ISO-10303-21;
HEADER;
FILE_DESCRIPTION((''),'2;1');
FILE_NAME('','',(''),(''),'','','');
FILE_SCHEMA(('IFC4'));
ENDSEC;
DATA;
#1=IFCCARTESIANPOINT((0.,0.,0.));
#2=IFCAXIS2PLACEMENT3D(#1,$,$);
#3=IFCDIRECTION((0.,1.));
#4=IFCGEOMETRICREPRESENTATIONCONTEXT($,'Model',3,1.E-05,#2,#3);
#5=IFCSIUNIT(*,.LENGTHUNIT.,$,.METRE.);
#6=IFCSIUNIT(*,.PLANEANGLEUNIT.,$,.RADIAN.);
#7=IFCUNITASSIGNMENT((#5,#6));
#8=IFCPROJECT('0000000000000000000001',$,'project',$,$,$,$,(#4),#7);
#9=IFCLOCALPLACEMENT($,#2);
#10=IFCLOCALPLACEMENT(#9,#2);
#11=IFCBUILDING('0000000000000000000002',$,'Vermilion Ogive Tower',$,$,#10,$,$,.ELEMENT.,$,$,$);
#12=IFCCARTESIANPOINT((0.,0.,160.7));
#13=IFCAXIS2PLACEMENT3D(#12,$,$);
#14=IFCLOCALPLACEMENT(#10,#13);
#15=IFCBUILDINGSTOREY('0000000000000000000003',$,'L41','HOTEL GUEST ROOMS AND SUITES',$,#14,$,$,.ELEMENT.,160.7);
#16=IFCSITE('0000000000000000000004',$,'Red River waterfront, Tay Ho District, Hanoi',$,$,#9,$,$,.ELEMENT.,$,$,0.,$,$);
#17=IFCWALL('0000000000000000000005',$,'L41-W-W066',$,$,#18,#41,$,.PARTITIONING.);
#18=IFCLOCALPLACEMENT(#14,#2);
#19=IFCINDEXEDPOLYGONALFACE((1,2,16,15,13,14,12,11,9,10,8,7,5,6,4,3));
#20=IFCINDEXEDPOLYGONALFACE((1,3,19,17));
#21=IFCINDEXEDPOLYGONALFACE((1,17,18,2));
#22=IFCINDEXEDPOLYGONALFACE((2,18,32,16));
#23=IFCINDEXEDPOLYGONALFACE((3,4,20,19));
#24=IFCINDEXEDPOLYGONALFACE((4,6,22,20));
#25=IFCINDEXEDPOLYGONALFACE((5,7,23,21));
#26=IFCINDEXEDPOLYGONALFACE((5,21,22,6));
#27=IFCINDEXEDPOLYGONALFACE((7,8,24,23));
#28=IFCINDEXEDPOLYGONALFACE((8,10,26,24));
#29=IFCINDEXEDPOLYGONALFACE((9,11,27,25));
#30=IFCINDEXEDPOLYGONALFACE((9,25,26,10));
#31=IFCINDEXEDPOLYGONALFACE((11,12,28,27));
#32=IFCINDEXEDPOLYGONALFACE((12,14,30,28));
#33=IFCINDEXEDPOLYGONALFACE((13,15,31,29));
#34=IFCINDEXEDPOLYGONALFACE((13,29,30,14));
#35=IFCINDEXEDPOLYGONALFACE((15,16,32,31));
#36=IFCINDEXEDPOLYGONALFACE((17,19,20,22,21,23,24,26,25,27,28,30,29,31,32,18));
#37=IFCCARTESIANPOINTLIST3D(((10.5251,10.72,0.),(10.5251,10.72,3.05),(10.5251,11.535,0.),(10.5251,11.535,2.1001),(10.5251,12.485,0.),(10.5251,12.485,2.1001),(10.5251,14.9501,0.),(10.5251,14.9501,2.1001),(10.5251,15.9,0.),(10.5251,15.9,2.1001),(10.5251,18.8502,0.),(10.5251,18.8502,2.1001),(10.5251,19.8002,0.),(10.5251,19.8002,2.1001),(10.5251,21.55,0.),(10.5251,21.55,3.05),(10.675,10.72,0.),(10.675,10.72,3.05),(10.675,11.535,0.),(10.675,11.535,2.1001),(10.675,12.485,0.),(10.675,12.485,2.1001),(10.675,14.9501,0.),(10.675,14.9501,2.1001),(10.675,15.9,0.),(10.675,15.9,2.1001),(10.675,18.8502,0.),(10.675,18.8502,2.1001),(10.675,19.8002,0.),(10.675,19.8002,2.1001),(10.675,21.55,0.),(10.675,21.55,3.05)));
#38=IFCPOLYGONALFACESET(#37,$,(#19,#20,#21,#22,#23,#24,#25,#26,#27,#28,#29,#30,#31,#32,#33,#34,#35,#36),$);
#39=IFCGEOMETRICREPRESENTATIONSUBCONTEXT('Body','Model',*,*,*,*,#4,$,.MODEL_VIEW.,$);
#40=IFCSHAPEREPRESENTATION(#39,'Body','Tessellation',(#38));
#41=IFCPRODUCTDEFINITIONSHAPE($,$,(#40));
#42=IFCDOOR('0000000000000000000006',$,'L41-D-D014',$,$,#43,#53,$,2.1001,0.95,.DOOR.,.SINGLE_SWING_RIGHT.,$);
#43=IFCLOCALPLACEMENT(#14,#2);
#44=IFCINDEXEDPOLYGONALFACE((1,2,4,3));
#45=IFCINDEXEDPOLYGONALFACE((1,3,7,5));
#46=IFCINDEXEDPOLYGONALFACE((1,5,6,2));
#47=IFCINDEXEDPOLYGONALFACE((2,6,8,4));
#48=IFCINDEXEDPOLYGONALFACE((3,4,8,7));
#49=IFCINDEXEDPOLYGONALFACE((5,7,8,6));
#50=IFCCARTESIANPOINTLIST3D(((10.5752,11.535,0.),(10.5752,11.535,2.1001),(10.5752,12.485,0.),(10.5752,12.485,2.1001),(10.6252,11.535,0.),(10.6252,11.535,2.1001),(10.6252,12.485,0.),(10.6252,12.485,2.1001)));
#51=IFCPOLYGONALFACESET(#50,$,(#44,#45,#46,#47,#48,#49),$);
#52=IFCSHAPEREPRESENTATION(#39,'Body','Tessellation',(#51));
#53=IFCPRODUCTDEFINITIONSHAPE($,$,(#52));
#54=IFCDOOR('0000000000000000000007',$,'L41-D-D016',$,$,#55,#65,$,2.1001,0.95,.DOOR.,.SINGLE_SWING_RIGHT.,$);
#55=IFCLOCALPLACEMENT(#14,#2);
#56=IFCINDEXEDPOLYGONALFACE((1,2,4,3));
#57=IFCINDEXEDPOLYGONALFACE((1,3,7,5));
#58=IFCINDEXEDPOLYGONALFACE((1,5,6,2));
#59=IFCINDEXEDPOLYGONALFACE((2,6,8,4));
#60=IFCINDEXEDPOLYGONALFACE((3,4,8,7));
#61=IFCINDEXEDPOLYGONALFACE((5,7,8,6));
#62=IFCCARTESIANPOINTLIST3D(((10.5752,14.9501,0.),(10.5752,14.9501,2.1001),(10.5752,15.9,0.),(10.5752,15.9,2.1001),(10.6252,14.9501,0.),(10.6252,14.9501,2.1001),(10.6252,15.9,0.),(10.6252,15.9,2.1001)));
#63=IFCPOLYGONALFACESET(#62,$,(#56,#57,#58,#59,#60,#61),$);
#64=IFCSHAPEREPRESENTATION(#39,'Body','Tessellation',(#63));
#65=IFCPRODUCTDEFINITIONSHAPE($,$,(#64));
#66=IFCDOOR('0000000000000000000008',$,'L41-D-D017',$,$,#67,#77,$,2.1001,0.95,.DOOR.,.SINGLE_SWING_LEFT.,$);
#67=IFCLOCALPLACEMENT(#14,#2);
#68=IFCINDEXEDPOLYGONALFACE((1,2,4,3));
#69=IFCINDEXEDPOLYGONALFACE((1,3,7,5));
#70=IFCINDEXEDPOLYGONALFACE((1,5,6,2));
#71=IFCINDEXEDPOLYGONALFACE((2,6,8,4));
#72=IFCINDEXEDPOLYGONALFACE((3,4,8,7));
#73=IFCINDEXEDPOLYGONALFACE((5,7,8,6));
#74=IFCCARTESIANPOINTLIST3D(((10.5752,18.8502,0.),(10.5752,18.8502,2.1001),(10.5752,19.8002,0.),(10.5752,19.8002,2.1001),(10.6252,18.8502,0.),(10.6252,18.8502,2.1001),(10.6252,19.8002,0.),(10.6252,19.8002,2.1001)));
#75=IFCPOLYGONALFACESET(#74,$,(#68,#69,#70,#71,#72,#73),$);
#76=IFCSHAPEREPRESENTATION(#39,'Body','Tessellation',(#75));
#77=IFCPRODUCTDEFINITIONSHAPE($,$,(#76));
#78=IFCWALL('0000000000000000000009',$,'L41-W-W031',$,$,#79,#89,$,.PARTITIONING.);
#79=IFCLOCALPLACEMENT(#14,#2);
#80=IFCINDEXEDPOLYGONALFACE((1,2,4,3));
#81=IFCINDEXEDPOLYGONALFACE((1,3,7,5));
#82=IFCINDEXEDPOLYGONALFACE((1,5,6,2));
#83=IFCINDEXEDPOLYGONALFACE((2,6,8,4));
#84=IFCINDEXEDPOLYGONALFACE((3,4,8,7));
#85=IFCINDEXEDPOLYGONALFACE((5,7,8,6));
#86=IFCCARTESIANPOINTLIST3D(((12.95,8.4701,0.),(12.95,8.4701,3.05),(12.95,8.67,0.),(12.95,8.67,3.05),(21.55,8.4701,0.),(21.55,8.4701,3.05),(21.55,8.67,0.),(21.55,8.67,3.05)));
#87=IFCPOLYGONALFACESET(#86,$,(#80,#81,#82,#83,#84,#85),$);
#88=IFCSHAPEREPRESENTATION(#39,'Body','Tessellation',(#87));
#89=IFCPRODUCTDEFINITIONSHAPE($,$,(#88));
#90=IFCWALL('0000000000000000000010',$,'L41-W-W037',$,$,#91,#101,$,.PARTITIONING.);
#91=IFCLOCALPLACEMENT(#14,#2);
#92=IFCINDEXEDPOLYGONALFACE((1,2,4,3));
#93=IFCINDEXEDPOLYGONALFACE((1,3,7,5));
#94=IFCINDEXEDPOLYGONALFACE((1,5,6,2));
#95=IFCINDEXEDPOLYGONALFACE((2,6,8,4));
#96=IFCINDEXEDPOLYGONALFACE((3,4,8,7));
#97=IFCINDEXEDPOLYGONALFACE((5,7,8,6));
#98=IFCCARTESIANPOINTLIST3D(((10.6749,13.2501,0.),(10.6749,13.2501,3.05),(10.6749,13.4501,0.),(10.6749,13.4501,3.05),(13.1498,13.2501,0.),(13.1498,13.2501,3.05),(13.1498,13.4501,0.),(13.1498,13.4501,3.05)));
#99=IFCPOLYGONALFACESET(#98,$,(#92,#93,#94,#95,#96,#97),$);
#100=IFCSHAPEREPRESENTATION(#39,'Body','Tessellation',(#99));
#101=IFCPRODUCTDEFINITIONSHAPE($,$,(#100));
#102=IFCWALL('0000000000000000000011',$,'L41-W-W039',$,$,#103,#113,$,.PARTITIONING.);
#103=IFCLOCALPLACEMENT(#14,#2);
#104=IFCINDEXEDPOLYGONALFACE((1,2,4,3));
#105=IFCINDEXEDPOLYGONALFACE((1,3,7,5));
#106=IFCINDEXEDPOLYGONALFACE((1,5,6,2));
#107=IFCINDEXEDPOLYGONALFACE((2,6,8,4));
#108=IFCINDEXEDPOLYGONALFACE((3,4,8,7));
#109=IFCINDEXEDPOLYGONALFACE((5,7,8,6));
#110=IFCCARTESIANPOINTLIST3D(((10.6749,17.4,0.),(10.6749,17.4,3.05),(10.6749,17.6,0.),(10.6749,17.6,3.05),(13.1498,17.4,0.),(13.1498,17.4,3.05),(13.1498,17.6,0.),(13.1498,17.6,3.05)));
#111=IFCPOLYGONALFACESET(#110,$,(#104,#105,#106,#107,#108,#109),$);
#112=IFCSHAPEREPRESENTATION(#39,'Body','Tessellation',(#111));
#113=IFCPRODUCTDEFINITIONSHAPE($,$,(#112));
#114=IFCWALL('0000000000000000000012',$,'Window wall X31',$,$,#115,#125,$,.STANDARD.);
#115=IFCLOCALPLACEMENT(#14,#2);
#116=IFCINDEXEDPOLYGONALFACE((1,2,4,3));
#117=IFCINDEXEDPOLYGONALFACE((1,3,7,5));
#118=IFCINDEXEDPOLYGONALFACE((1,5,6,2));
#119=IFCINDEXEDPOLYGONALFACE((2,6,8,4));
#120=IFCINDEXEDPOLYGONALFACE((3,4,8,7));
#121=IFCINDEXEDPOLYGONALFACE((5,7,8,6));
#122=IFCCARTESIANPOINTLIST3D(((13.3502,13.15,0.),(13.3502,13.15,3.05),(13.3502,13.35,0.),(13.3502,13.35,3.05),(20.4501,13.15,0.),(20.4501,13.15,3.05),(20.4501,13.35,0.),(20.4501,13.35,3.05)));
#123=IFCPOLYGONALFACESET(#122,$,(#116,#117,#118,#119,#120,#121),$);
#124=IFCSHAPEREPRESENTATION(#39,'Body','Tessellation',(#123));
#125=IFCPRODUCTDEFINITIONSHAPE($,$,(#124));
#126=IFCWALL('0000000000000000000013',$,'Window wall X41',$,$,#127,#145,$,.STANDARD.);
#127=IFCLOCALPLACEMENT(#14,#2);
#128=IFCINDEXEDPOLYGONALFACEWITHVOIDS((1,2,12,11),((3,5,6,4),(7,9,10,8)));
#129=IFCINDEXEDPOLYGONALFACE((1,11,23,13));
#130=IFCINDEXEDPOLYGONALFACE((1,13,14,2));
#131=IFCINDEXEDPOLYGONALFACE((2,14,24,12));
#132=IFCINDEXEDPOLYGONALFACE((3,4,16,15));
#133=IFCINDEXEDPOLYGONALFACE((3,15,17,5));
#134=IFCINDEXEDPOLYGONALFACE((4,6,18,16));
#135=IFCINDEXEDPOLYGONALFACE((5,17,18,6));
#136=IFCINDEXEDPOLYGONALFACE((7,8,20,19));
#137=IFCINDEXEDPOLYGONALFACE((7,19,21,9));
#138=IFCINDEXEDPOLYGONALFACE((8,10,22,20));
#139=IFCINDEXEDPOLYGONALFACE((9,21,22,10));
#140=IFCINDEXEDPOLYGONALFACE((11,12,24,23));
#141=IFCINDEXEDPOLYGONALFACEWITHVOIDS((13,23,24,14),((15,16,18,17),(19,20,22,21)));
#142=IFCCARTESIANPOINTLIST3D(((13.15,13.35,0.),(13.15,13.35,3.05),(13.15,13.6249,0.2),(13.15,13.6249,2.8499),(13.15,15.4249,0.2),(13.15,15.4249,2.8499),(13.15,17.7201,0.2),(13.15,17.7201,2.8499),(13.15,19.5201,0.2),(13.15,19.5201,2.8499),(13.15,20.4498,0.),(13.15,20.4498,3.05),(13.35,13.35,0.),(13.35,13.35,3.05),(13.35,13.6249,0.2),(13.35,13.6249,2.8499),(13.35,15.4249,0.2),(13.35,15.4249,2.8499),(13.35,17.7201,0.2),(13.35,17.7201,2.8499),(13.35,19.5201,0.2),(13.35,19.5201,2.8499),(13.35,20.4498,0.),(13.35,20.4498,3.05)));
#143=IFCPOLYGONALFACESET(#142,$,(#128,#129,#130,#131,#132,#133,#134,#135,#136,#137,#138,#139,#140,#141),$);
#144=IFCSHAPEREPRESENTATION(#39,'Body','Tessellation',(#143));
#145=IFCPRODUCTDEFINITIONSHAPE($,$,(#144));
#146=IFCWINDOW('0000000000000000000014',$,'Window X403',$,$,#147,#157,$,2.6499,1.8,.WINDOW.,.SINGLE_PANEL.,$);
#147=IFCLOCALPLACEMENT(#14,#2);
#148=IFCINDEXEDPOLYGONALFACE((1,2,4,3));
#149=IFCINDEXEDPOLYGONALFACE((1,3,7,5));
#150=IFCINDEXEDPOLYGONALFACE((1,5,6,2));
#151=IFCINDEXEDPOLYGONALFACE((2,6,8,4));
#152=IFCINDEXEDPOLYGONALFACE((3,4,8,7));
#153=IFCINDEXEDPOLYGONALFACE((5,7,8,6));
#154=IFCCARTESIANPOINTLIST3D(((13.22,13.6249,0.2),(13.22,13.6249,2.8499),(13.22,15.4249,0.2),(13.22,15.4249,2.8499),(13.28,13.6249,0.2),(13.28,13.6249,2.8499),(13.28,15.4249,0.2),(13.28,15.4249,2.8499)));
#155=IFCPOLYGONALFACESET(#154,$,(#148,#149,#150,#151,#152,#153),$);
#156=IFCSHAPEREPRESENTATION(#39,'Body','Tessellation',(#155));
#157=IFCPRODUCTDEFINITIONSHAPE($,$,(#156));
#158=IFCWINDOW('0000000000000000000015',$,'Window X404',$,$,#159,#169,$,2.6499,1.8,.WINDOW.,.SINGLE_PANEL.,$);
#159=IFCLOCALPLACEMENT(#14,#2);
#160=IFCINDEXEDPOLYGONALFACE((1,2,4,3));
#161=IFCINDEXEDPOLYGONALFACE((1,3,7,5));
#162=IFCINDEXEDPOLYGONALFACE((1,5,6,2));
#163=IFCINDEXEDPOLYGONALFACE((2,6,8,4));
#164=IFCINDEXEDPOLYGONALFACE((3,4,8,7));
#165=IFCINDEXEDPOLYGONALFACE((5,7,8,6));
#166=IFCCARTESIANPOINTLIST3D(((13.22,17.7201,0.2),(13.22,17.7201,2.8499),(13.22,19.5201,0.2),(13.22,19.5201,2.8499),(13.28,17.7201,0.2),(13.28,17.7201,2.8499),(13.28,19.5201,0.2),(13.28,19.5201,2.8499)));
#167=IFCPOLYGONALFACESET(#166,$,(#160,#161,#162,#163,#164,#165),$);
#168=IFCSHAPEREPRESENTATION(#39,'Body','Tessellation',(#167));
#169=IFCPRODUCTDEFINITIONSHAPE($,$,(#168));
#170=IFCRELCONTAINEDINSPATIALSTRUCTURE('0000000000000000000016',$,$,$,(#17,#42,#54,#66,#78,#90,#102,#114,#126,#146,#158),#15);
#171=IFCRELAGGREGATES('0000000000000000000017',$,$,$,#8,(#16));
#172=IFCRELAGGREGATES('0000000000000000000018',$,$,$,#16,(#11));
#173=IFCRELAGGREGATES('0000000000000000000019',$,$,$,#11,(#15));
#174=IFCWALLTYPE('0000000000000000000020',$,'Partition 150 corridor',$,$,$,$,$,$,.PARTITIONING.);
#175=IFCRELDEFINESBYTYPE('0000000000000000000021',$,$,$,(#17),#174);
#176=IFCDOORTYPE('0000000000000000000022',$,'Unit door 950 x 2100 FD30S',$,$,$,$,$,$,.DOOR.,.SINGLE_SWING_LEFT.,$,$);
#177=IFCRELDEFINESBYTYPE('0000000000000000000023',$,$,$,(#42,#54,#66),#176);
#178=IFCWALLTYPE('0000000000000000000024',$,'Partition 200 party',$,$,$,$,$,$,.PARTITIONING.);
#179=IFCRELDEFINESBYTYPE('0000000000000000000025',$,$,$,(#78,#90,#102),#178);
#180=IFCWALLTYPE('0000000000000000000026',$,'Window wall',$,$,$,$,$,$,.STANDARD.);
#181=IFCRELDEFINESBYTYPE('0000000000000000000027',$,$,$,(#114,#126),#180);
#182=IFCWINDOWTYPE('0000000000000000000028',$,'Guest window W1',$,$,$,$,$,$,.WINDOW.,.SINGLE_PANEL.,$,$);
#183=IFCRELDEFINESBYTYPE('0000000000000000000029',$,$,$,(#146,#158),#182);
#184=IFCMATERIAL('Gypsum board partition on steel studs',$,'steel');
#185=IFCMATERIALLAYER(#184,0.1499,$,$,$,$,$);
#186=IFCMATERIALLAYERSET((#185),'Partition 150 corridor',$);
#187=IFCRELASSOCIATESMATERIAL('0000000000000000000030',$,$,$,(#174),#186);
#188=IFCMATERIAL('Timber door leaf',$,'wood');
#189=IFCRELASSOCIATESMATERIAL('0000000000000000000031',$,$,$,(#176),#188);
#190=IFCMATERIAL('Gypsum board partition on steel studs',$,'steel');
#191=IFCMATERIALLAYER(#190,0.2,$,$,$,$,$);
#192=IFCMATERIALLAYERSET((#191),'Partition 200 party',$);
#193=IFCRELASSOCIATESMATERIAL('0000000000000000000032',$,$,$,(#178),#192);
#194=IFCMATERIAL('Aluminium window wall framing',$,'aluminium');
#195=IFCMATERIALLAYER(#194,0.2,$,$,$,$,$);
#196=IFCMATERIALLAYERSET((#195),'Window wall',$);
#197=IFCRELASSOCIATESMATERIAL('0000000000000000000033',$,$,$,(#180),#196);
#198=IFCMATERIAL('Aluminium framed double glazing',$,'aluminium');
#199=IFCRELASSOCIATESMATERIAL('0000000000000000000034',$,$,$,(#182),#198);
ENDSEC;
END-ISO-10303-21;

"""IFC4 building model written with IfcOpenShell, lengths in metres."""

from ifc_helpers import new_model, si_unit, direction, frame, frame_2d, origin, place, context, subcontext, project, spatial, rectangle, extrude, material, layer, layer_set, type_object, element, fill, save


model = new_model("IFC4")

# Units and contexts
model_context = context("Model", 3, precision=1e-05, world=origin(), true_north=direction((0.0, 1.0)))
body_context = subcontext(model_context, "Body", "Model", "MODEL_VIEW")
ifc_project = project(units=[si_unit("LENGTHUNIT", "METRE"), si_unit("PLANEANGLEUNIT", "RADIAN")], contexts=[model_context])

# Site, building, storey
site_placement = place(None, origin())
site = spatial("IfcSite", under=ifc_project, at=site_placement, Name="Red River waterfront, Tay Ho District, Hanoi", CompositionType="ELEMENT", RefElevation=0.0)
building_placement = place(site_placement, origin())
building = spatial("IfcBuilding", under=site, at=building_placement, Name="Vermilion Ogive Tower", CompositionType="ELEMENT")
storey_placement = place(building_placement, frame((0.0, 0.0, 160.7)))
storey = spatial("IfcBuildingStorey", under=building, at=storey_placement, Name="L41", Description="HOTEL GUEST ROOMS AND SUITES", CompositionType="ELEMENT", Elevation=160.7)

# Wall, openings, doors
ifc_material_1 = material(Name="Gypsum board partition on steel studs", Category="steel")
ifc_layer_1 = layer(ifc_material_1, 0.1499)
ifc_layer_set_1 = layer_set([ifc_layer_1], Name="Partition 150 corridor")
wall_type_1 = type_object("IfcWallType", Name="Partition 150 corridor", PredefinedType="PARTITIONING", material=ifc_layer_set_1)
wall_1_placement = place(storey_placement, frame((10.6001, 10.72, 0.0), z_axis=(0.0, 0.0, 1.0), x_axis=(0.0, 1.0, 0.0)))
wall_1 = element("IfcWall", 1, at=wall_1_placement, inside=storey, type_object=wall_type_1, Name="L41-W-W066", PredefinedType="PARTITIONING", context=body_context, shape_type="SweptSolid", body=[
    extrude(rectangle(XDim=10.8301, YDim=0.1499, at=frame_2d((5.415, 0.0))), origin(), (0.0, 0.0, 1.0), 3.05),
])
opening_1_placement = place(wall_1_placement, frame((0.8149, 0.0, 0.0)))
opening_1 = element("IfcOpeningElement", 2, at=opening_1_placement, cuts=wall_1, PredefinedType="OPENING", context=body_context, shape_type="SweptSolid", body=[
    extrude(rectangle(XDim=0.95, YDim=2.1001, at=frame_2d((0.4751, 1.05))), frame((0.0, 0.085, 0.0), z_axis=(0.0, -1.0, 0.0), x_axis=(1.0, 0.0, 0.0)), (0.0, 0.0, 1.0), 0.1699),
])
opening_2_placement = place(wall_1_placement, frame((4.23, 0.0, 0.0)))
opening_2 = element("IfcOpeningElement", 3, at=opening_2_placement, cuts=wall_1, PredefinedType="OPENING", context=body_context, shape_type="SweptSolid", body=[
    extrude(rectangle(XDim=0.95, YDim=2.1001, at=frame_2d((0.4751, 1.05))), frame((0.0, 0.085, 0.0), z_axis=(0.0, -1.0, 0.0), x_axis=(1.0, 0.0, 0.0)), (0.0, 0.0, 1.0), 0.1699),
])
opening_3_placement = place(wall_1_placement, frame((8.1301, 0.0, 0.0)))
opening_3 = element("IfcOpeningElement", 4, at=opening_3_placement, cuts=wall_1, PredefinedType="OPENING", context=body_context, shape_type="SweptSolid", body=[
    extrude(rectangle(XDim=0.95, YDim=2.1001, at=frame_2d((0.4751, 1.05))), frame((0.0, 0.085, 0.0), z_axis=(0.0, -1.0, 0.0), x_axis=(1.0, 0.0, 0.0)), (0.0, 0.0, 1.0), 0.1699),
])
ifc_material_2 = material(Name="Timber door leaf", Category="wood")
door_type = type_object("IfcDoorType", Name="Unit door 950 x 2100 FD30S", OperationType="SINGLE_SWING_LEFT", PredefinedType="DOOR", material=ifc_material_2)
door_1_placement = place(opening_1_placement, origin())
door_1 = element("IfcDoor", 5, at=door_1_placement, inside=storey, type_object=door_type, Name="L41-D-D014", OperationType="SINGLE_SWING_RIGHT", OverallHeight=2.1001, OverallWidth=0.95, PredefinedType="DOOR", context=body_context, shape_type="SweptSolid", body=[
    extrude(rectangle(XDim=0.95, YDim=2.1001, at=frame_2d((0.4751, 1.05))), frame((0.0, 0.0249, 0.0), z_axis=(0.0, -1.0, 0.0), x_axis=(1.0, 0.0, 0.0)), (0.0, 0.0, 1.0), 0.05),
])
fill(opening_1, door_1)
door_2_placement = place(opening_2_placement, origin())
door_2 = element("IfcDoor", 6, at=door_2_placement, inside=storey, type_object=door_type, Name="L41-D-D016", OperationType="SINGLE_SWING_RIGHT", OverallHeight=2.1001, OverallWidth=0.95, PredefinedType="DOOR", context=body_context, shape_type="SweptSolid", body=[
    extrude(rectangle(XDim=0.95, YDim=2.1001, at=frame_2d((0.4751, 1.05))), frame((0.0, 0.0249, 0.0), z_axis=(0.0, -1.0, 0.0), x_axis=(1.0, 0.0, 0.0)), (0.0, 0.0, 1.0), 0.05),
])
fill(opening_2, door_2)
door_3_placement = place(opening_3_placement, origin())
door_3 = element("IfcDoor", 7, at=door_3_placement, inside=storey, type_object=door_type, Name="L41-D-D017", OperationType="SINGLE_SWING_LEFT", OverallHeight=2.1001, OverallWidth=0.95, PredefinedType="DOOR", context=body_context, shape_type="SweptSolid", body=[
    extrude(rectangle(XDim=0.95, YDim=2.1001, at=frame_2d((0.4751, 1.05))), frame((0.0, 0.0249, 0.0), z_axis=(0.0, -1.0, 0.0), x_axis=(1.0, 0.0, 0.0)), (0.0, 0.0, 1.0), 0.05),
])
fill(opening_3, door_3)

# Walls
ifc_material_3 = material(Name="Gypsum board partition on steel studs", Category="steel")
ifc_layer_2 = layer(ifc_material_3, 0.2)
ifc_layer_set_2 = layer_set([ifc_layer_2], Name="Partition 200 party")
wall_type_2 = type_object("IfcWallType", Name="Partition 200 party", PredefinedType="PARTITIONING", material=ifc_layer_set_2)
wall_2_placement = place(storey_placement, frame((12.95, 8.5701, 0.0), z_axis=(0.0, 0.0, 1.0), x_axis=(1.0, 0.0, 0.0)))
element("IfcWall", 8, at=wall_2_placement, inside=storey, type_object=wall_type_2, Name="L41-W-W031", PredefinedType="PARTITIONING", context=body_context, shape_type="SweptSolid", body=[
    extrude(rectangle(XDim=8.6001, YDim=0.2, at=frame_2d((4.3, 0.0))), origin(), (0.0, 0.0, 1.0), 3.05),
])
for number, where, z_axis, x_axis, name in (
    (9, (10.675, 13.3501, 0.0), (0.0, 0.0, 1.0), (1.0, 0.0, 0.0), "L41-W-W037"),
    (10, (10.675, 17.5, 0.0), (0.0, 0.0, 1.0), (1.0, 0.0, 0.0), "L41-W-W039"),
):
    element("IfcWall", number, at=place(storey_placement, frame(where, z_axis=z_axis, x_axis=x_axis)), inside=storey, type_object=wall_type_2, Name=name, PredefinedType="PARTITIONING", context=body_context, shape_type="SweptSolid", body=[
        extrude(rectangle(XDim=2.4749, YDim=0.2, at=frame_2d((1.2373, 0.0))), origin(), (0.0, 0.0, 1.0), 3.05),
    ])
ifc_material_4 = material(Name="Aluminium window wall framing", Category="aluminium")
ifc_layer_3 = layer(ifc_material_4, 0.2)
ifc_layer_set_3 = layer_set([ifc_layer_3], Name="Window wall")
wall_type_3 = type_object("IfcWallType", Name="Window wall", PredefinedType="STANDARD", material=ifc_layer_set_3)
wall_3_placement = place(storey_placement, frame((20.45, 13.25, 0.0), z_axis=(0.0, 0.0, 1.0), x_axis=(-1.0, 0.0, 0.0)))
element("IfcWall", 11, at=wall_3_placement, inside=storey, type_object=wall_type_3, Name="Window wall X31", PredefinedType="STANDARD", context=body_context, shape_type="SweptSolid", body=[
    extrude(rectangle(XDim=7.0999, YDim=0.2, at=frame_2d((3.5498, 0.0))), origin(), (0.0, 0.0, 1.0), 3.05),
])

# Wall, openings, windows
wall_4_placement = place(storey_placement, frame((13.25, 13.3501, 0.0), z_axis=(0.0, 0.0, 1.0), x_axis=(0.0, 1.0, 0.0)))
wall_4 = element("IfcWall", 12, at=wall_4_placement, inside=storey, type_object=wall_type_3, Name="Window wall X41", PredefinedType="STANDARD", context=body_context, shape_type="SweptSolid", body=[
    extrude(rectangle(XDim=7.0999, YDim=0.2, at=frame_2d((3.5498, 0.0))), origin(), (0.0, 0.0, 1.0), 3.05),
])
opening_4_placement = place(wall_4_placement, frame((0.2749, 0.0, 0.2)))
opening_4 = element("IfcOpeningElement", 13, at=opening_4_placement, cuts=wall_4, PredefinedType="OPENING", context=body_context, shape_type="SweptSolid", body=[
    extrude(rectangle(XDim=1.8, YDim=2.6499, at=frame_2d((0.8999, 1.325))), frame((0.0, 0.1099, 0.0), z_axis=(0.0, -1.0, 0.0), x_axis=(1.0, 0.0, 0.0)), (0.0, 0.0, 1.0), 0.22),
])
opening_5_placement = place(wall_4_placement, frame((4.3701, 0.0, 0.2)))
opening_5 = element("IfcOpeningElement", 14, at=opening_5_placement, cuts=wall_4, PredefinedType="OPENING", context=body_context, shape_type="SweptSolid", body=[
    extrude(rectangle(XDim=1.8, YDim=2.6499, at=frame_2d((0.8999, 1.325))), frame((0.0, 0.1099, 0.0), z_axis=(0.0, -1.0, 0.0), x_axis=(1.0, 0.0, 0.0)), (0.0, 0.0, 1.0), 0.22),
])
ifc_material_5 = material(Name="Aluminium framed double glazing", Category="aluminium")
window_type = type_object("IfcWindowType", Name="Guest window W1", PartitioningType="SINGLE_PANEL", PredefinedType="WINDOW", material=ifc_material_5)
window_1_placement = place(opening_4_placement, origin())
window_1 = element("IfcWindow", 15, at=window_1_placement, inside=storey, type_object=window_type, Name="Window X403", OverallHeight=2.6499, OverallWidth=1.8, PartitioningType="SINGLE_PANEL", PredefinedType="WINDOW", context=body_context, shape_type="SweptSolid", body=[
    extrude(rectangle(XDim=1.8, YDim=2.6499, at=frame_2d((0.8999, 1.325))), frame((0.0, 0.03, 0.0), z_axis=(0.0, -1.0, 0.0), x_axis=(1.0, 0.0, 0.0)), (0.0, 0.0, 1.0), 0.0601),
])
fill(opening_4, window_1)
window_2_placement = place(opening_5_placement, origin())
window_2 = element("IfcWindow", 16, at=window_2_placement, inside=storey, type_object=window_type, Name="Window X404", OverallHeight=2.6499, OverallWidth=1.8, PartitioningType="SINGLE_PANEL", PredefinedType="WINDOW", context=body_context, shape_type="SweptSolid", body=[
    extrude(rectangle(XDim=1.8, YDim=2.6499, at=frame_2d((0.8999, 1.325))), frame((0.0, 0.03, 0.0), z_axis=(0.0, -1.0, 0.0), x_axis=(1.0, 0.0, 0.0)), (0.0, 0.0, 1.0), 0.0601),
])
fill(opening_5, window_2)

save(model, "model.ifc")
